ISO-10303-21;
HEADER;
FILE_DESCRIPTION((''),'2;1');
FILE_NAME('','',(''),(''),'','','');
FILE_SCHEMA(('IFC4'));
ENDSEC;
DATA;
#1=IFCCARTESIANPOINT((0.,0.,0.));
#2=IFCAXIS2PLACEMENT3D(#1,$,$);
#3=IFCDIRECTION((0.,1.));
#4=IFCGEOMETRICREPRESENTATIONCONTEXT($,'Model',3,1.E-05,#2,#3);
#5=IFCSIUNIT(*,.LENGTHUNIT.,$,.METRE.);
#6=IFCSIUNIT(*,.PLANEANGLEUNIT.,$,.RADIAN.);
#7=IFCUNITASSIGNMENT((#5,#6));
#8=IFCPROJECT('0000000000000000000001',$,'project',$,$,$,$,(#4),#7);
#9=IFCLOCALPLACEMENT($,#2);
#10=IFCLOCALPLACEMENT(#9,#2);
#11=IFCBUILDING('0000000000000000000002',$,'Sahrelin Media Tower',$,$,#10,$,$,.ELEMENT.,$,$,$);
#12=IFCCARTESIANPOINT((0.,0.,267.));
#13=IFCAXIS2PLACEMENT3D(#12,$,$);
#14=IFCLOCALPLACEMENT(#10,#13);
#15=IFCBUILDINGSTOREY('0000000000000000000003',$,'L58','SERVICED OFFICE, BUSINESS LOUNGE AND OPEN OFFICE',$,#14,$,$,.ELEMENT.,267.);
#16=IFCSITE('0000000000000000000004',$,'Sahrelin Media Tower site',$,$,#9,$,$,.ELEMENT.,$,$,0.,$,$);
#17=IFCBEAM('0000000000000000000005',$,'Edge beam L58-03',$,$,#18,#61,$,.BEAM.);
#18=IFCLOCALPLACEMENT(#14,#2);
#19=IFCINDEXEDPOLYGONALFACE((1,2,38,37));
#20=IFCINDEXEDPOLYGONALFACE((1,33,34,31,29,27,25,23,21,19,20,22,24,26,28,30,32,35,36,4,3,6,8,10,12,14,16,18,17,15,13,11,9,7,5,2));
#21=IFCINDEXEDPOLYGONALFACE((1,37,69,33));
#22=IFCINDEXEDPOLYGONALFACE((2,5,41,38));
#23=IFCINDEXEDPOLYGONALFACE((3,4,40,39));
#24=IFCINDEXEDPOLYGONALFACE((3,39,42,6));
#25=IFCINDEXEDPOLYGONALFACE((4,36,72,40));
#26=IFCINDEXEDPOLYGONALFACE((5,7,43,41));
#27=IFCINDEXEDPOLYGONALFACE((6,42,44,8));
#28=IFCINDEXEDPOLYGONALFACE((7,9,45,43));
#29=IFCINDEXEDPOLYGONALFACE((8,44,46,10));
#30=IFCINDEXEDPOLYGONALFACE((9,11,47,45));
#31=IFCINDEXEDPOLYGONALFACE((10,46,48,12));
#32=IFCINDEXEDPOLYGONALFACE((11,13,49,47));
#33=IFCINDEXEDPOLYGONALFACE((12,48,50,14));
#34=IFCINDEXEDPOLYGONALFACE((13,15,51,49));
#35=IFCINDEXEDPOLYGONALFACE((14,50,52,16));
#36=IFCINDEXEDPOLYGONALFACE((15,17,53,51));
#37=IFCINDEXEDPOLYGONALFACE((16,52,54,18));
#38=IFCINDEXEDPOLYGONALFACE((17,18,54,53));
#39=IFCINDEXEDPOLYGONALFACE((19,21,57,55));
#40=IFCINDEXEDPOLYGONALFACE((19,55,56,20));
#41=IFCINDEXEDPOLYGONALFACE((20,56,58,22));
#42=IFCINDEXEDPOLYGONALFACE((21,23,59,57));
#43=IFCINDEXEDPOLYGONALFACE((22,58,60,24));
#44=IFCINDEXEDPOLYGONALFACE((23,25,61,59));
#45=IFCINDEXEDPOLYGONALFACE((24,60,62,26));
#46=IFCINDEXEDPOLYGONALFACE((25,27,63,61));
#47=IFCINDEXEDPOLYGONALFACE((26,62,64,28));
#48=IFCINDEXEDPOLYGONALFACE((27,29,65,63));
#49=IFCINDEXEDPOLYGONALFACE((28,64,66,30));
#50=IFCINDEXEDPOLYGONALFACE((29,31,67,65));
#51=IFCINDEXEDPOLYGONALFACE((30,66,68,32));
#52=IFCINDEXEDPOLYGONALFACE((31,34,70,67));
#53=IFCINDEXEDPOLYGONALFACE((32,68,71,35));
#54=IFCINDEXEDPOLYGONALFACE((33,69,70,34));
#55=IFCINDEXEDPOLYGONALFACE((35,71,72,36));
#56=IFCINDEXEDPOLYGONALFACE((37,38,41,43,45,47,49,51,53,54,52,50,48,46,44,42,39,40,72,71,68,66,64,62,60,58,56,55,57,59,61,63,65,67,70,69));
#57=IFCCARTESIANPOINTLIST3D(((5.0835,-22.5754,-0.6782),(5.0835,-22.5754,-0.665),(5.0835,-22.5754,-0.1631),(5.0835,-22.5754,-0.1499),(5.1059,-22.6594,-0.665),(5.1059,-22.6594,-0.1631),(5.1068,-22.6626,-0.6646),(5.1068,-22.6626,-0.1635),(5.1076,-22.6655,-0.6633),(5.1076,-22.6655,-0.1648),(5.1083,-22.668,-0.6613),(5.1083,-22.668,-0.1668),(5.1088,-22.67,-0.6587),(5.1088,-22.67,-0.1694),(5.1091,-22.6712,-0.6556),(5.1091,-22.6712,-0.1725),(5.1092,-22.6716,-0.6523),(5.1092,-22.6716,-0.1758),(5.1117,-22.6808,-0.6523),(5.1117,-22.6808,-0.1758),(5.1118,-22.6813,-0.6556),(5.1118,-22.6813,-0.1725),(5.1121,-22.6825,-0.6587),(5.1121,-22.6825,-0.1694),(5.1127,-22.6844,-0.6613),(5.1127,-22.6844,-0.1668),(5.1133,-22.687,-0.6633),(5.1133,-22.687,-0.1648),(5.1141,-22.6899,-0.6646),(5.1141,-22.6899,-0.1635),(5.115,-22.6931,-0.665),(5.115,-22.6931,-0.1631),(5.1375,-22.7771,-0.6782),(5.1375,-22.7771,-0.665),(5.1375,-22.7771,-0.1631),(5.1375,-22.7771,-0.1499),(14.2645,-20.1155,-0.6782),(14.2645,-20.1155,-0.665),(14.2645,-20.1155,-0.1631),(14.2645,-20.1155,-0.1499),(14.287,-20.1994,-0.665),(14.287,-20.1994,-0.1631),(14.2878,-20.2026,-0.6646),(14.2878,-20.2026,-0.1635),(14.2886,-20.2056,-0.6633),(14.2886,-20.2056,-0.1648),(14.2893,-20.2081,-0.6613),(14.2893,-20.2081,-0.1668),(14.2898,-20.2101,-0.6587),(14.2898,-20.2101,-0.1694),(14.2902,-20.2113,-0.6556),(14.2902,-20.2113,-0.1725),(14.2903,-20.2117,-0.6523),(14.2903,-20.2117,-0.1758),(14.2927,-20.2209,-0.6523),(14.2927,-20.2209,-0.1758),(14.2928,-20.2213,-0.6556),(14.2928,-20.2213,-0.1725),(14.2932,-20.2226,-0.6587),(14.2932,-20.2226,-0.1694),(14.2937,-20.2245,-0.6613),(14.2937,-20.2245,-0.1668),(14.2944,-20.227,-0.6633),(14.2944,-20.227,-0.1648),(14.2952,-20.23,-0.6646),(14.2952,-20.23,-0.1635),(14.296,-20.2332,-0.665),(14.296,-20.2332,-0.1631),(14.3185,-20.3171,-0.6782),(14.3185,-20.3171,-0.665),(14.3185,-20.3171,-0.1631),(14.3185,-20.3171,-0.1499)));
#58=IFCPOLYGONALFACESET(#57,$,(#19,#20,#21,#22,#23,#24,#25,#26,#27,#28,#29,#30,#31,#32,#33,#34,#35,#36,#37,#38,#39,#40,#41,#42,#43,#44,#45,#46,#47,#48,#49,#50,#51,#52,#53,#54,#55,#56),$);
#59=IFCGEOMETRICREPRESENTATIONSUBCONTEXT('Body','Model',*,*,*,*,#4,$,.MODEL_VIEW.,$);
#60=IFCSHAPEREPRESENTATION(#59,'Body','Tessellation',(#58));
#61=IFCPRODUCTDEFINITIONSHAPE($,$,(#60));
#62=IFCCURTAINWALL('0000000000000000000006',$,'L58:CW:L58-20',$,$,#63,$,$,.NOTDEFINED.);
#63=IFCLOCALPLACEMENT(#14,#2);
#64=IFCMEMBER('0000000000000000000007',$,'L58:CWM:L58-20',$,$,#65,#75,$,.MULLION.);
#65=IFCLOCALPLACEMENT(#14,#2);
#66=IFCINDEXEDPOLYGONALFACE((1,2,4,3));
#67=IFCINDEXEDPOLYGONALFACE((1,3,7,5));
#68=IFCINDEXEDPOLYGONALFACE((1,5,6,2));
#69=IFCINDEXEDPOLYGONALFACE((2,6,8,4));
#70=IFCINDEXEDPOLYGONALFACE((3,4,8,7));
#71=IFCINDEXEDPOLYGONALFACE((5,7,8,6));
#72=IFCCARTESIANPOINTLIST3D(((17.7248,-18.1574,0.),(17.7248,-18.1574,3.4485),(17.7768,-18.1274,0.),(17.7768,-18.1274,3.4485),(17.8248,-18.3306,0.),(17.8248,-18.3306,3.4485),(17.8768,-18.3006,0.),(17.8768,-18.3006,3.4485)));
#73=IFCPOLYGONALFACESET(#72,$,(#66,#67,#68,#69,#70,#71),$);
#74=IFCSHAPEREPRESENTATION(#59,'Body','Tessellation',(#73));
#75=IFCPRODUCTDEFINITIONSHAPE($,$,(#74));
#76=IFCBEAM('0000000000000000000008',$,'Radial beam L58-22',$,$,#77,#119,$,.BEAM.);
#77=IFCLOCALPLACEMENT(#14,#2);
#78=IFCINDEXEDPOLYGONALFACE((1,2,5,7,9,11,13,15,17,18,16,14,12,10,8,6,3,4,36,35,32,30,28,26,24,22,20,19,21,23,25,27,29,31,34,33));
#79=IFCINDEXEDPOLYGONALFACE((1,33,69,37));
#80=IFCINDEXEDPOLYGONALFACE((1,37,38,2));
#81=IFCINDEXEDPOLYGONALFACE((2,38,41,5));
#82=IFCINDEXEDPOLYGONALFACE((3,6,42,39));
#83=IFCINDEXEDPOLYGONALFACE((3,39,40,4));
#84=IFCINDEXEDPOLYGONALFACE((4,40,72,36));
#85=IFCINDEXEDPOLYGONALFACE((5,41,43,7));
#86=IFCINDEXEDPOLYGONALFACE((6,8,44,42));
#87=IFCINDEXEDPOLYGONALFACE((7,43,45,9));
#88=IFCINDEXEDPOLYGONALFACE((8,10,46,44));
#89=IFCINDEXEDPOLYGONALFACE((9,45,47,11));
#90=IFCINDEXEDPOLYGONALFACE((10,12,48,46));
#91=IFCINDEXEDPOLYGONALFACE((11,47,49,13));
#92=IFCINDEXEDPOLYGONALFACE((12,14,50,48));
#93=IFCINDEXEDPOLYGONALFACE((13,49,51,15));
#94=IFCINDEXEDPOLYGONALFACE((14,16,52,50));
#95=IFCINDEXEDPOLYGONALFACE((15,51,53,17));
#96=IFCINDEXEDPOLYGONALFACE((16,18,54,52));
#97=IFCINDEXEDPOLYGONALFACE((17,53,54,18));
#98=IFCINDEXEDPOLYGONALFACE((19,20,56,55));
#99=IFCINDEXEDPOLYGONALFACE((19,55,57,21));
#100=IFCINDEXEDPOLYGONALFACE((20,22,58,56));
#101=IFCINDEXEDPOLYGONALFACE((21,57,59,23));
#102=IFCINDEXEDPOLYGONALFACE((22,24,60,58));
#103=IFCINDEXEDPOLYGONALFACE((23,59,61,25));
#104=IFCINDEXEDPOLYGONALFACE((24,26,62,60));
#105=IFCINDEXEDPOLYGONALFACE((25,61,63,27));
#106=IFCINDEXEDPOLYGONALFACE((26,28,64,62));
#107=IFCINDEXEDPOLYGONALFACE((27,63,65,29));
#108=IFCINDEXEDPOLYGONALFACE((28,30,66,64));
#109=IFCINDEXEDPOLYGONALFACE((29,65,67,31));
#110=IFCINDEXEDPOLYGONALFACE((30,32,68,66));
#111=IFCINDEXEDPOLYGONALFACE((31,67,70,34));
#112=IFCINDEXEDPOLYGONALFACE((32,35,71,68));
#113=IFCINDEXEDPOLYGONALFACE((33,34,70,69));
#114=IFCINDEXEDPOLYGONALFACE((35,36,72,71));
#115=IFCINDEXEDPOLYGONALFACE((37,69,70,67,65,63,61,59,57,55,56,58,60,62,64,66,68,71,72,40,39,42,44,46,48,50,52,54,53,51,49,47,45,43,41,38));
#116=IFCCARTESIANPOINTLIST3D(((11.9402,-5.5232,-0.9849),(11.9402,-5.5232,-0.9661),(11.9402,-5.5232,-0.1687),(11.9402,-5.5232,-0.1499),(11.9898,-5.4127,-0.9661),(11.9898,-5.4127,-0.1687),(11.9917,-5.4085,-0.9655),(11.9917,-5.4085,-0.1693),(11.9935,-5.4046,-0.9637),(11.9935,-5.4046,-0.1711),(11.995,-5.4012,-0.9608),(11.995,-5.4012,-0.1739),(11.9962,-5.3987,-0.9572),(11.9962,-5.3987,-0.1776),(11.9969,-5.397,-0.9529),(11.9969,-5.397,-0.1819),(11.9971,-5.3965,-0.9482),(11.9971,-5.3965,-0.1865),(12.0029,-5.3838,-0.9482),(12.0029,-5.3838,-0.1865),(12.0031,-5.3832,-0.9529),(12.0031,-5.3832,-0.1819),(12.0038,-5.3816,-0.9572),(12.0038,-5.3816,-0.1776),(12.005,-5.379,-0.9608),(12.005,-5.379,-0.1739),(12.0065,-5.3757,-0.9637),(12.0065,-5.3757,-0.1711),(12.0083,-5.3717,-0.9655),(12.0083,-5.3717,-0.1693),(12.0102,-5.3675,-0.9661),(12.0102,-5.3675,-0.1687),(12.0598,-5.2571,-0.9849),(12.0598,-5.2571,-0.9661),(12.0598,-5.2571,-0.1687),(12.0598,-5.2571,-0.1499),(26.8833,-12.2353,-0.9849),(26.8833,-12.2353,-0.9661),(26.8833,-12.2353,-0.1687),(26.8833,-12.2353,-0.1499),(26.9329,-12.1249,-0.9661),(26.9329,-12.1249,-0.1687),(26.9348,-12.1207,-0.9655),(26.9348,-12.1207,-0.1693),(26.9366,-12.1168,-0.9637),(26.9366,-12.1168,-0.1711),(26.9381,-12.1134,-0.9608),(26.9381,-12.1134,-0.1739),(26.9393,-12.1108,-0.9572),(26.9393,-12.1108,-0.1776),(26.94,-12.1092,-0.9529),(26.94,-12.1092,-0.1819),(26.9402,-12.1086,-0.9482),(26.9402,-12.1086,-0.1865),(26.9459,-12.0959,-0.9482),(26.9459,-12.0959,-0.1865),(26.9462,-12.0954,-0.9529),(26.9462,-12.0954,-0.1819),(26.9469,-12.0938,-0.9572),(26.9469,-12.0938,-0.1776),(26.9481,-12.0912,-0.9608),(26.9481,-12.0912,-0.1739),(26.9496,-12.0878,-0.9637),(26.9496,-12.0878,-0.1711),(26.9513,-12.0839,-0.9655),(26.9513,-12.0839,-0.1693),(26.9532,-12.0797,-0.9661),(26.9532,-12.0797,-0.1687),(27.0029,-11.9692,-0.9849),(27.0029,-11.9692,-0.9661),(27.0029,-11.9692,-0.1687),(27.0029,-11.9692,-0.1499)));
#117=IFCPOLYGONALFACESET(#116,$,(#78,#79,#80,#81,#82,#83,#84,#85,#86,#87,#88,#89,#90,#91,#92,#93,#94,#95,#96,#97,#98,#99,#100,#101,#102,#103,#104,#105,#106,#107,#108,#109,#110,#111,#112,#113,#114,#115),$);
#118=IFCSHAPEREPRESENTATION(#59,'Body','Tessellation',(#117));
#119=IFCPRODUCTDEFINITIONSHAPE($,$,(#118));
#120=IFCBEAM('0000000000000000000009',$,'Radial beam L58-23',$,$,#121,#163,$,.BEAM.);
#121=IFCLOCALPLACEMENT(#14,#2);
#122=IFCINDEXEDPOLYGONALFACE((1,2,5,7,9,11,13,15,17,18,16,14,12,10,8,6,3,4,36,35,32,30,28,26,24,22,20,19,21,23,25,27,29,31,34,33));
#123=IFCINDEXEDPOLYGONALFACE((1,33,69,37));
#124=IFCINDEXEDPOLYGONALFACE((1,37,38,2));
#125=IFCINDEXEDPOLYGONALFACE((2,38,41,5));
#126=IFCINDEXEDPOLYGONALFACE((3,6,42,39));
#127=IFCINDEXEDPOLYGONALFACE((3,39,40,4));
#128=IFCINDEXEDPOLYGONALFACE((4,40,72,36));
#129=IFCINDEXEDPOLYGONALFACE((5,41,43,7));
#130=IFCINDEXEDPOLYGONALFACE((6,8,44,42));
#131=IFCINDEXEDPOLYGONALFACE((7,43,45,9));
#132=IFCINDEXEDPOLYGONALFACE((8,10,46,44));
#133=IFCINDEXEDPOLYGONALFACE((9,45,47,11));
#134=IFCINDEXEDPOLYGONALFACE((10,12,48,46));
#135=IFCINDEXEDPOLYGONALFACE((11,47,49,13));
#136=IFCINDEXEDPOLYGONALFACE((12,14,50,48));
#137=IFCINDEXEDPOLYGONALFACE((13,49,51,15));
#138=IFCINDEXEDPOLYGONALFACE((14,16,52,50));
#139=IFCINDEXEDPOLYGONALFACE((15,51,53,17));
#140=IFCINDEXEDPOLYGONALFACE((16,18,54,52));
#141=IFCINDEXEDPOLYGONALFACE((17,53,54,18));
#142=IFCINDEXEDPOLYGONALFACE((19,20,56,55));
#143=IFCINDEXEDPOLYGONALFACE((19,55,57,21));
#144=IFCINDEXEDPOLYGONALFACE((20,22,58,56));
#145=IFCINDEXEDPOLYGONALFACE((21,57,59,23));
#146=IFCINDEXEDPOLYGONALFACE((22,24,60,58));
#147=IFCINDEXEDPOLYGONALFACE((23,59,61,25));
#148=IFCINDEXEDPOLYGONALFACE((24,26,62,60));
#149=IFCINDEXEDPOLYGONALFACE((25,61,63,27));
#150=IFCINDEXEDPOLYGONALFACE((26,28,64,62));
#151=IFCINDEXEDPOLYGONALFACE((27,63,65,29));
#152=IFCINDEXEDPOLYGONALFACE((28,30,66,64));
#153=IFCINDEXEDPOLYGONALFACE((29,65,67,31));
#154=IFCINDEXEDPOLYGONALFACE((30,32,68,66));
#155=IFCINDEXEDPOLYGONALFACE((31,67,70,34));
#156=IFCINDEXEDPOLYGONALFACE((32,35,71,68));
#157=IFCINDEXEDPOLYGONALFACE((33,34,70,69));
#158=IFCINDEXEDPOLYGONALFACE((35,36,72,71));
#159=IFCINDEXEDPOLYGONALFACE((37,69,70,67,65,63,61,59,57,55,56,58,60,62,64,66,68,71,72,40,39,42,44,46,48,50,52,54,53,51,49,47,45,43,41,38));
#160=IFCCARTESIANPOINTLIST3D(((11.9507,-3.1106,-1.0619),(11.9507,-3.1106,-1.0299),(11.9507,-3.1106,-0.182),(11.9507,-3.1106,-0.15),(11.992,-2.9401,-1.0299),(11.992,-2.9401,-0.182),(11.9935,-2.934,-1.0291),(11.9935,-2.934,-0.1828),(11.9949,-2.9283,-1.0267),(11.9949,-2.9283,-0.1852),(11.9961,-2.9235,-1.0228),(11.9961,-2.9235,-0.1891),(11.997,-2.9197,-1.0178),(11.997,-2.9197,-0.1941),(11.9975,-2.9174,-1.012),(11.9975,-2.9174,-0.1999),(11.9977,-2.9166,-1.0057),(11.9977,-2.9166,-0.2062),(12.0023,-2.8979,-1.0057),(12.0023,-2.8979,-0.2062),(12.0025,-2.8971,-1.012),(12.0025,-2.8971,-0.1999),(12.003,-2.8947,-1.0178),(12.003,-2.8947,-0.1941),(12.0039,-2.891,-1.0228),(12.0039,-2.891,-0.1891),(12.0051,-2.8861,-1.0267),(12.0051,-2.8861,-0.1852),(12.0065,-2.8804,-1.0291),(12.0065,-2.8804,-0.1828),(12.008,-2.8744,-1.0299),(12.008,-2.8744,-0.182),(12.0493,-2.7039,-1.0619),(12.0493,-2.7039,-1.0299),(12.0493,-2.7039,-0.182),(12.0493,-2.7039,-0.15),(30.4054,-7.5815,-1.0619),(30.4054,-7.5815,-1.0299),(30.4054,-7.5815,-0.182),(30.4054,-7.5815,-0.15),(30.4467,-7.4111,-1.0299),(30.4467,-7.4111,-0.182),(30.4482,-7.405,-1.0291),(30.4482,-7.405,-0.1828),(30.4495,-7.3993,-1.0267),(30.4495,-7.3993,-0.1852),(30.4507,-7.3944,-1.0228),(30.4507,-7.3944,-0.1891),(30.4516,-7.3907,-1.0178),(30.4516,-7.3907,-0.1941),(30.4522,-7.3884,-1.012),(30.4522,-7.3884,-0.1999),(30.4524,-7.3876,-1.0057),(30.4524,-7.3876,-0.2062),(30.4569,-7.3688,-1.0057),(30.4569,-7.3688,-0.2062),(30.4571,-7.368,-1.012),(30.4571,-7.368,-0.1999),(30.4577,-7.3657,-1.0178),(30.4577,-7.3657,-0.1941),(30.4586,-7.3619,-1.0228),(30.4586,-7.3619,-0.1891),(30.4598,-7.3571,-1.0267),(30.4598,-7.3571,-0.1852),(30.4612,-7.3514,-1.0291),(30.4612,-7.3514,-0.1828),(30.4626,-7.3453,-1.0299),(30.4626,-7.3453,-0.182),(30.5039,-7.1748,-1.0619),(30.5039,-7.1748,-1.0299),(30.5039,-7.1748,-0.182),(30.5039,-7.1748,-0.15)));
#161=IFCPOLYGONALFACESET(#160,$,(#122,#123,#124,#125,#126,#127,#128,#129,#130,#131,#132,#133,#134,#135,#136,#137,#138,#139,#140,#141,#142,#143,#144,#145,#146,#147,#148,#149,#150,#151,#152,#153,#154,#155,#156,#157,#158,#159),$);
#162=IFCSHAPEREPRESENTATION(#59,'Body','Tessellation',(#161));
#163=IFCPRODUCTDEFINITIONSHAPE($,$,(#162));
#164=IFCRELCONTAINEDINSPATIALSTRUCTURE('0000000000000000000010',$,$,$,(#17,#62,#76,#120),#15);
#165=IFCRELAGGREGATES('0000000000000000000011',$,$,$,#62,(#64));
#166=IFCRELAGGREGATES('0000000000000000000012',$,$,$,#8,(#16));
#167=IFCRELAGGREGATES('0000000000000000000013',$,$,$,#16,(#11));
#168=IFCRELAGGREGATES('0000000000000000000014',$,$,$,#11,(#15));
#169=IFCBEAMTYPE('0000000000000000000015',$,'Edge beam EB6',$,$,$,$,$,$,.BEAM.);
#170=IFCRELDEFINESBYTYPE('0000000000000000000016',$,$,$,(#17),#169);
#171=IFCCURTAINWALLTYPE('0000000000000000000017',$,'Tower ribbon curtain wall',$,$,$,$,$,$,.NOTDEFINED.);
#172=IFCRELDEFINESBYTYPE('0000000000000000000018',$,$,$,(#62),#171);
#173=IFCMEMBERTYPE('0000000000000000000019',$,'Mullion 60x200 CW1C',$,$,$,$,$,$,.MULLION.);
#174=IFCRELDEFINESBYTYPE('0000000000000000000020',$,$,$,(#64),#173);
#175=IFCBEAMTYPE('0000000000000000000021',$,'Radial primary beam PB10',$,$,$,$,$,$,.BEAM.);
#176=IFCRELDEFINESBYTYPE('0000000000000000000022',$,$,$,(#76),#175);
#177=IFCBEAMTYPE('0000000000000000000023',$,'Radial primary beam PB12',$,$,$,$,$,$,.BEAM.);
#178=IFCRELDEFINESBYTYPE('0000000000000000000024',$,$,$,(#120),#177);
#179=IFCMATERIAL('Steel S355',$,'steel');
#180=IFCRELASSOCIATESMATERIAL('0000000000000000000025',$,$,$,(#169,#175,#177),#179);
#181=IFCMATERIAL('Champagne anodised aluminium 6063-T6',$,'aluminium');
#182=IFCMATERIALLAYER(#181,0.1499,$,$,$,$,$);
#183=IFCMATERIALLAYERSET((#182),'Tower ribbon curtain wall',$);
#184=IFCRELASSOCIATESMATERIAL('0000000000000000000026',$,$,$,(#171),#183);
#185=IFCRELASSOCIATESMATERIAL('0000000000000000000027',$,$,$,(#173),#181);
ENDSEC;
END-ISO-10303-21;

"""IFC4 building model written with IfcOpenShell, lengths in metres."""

from ifc_helpers import new_model, si_unit, direction, frame, origin, origin_2d, place, context, subcontext, project, spatial, rectangle, i_section, extrude, material, layer, layer_set, material_profile, profile_set, type_object, element, aggregate, save


model = new_model("IFC4")

# Units and contexts
model_context = context("Model", 3, precision=1e-05, world=origin(), true_north=direction((0.0, 1.0)))
body_context = subcontext(model_context, "Body", "Model", "MODEL_VIEW")
ifc_project = project(units=[si_unit("LENGTHUNIT", "METRE"), si_unit("PLANEANGLEUNIT", "RADIAN")], contexts=[model_context])

# Site, building, storey
site_placement = place(None, origin())
site = spatial("IfcSite", under=ifc_project, at=site_placement, Name="Sahrelin Media Tower site", CompositionType="ELEMENT", RefElevation=0.0)
building_placement = place(site_placement, origin())
building = spatial("IfcBuilding", under=site, at=building_placement, Name="Sahrelin Media Tower", CompositionType="ELEMENT")
storey_placement = place(building_placement, frame((0.0, 0.0, 267.0)))
storey = spatial("IfcBuildingStorey", under=building, at=storey_placement, Name="L58", Description="SERVICED OFFICE, BUSINESS LOUNGE AND OPEN OFFICE", CompositionType="ELEMENT", Elevation=267.0)

# Beam
ifc_material_1 = material(Name="Steel S355", Category="steel")
ifc_material_profile_1 = material_profile(ifc_material_1, i_section(OverallWidth=0.2087, OverallDepth=0.5283, WebThickness=0.0095, FlangeThickness=0.0132, FilletRadius=0.0127, at=origin_2d()), Name="UB 533x210x82")
ifc_profile_set_1 = profile_set([ifc_material_profile_1], Name="Steel S355")
beam_type_1 = type_object("IfcBeamType", Name="Edge beam EB6", PredefinedType="BEAM", material=ifc_profile_set_1)
beam_1_placement = place(storey_placement, frame((14.2915, -20.2163, -0.4141), z_axis=(-0.965929, -0.258807, 0.0), x_axis=(0.258807, -0.965929, 0.0)))
element("IfcBeam", 1, at=beam_1_placement, inside=storey, type_object=beam_type_1, Name="Edge beam L58-03", PredefinedType="BEAM", context=body_context, shape_type="SweptSolid", body=[
    extrude(i_section(OverallWidth=0.2087, OverallDepth=0.5283, WebThickness=0.0095, FlangeThickness=0.0132, FilletRadius=0.0127, at=origin_2d()), origin(), (0.0, 0.0, 1.0), 9.5049),
])

# Curtain wall, member
ifc_material_2 = material(Name="Champagne anodised aluminium 6063-T6", Category="aluminium")
ifc_layer_1 = layer(ifc_material_2, 0.1499)
ifc_layer_set_1 = layer_set([ifc_layer_1], Name="Tower ribbon curtain wall")
curtain_wall_type = type_object("IfcCurtainWallType", Name="Tower ribbon curtain wall", PredefinedType="NOTDEFINED", material=ifc_layer_set_1)
curtain_wall_1_placement = place(storey_placement, frame((17.8608, -18.333, 0.0), z_axis=(0.0, 0.0, 1.0), x_axis=(1.0, 0.0, 0.0)))
curtain_wall_1 = element("IfcCurtainWall", 2, at=curtain_wall_1_placement, inside=storey, type_object=curtain_wall_type, Name="L58:CW:L58-20", PredefinedType="NOTDEFINED")
ifc_material_profile_2 = material_profile(ifc_material_2, rectangle(XDim=0.0601, YDim=0.2, at=origin_2d()), Name="Mullion 60x200")
ifc_profile_set_2 = profile_set([ifc_material_profile_2], Name="Champagne anodised aluminium 6063-T6")
member_type_1 = type_object("IfcMemberType", Name="Mullion 60x200 CW1C", PredefinedType="MULLION", material=ifc_profile_set_2)
member_1_placement = place(storey_placement, frame((17.8008, -18.229, 0.0), z_axis=(0.0, 0.0, 1.0), x_axis=(0.866025, 0.5, 0.0)))
member_1 = element("IfcMember", 3, at=member_1_placement, type_object=member_type_1, Name="L58:CWM:L58-20", PredefinedType="MULLION", context=body_context, shape_type="SweptSolid", body=[
    extrude(rectangle(XDim=0.0601, YDim=0.2, at=origin_2d()), origin(), (0.0, 0.0, 1.0), 3.4485),
])

# Beams
ifc_material_profile_3 = material_profile(ifc_material_1, i_section(OverallWidth=0.2917, OverallDepth=0.835, WebThickness=0.0139, FlangeThickness=0.0188, FilletRadius=0.0178, at=origin_2d()), Name="UB 838x292x176")
ifc_profile_set_3 = profile_set([ifc_material_profile_3], Name="Steel S355")
beam_type_2 = type_object("IfcBeamType", Name="Radial primary beam PB10", PredefinedType="BEAM", material=ifc_profile_set_3)
beam_2_placement = place(storey_placement, frame((12.0, -5.3901, -0.5674), z_axis=(0.912201, -0.409743, 0.0), x_axis=(0.409743, 0.912201, 0.0)))
element("IfcBeam", 4, at=beam_2_placement, inside=storey, type_object=beam_type_2, Name="Radial beam L58-22", PredefinedType="BEAM", context=body_context, shape_type="SweptSolid", body=[
    extrude(i_section(OverallWidth=0.2917, OverallDepth=0.835, WebThickness=0.0139, FlangeThickness=0.0188, FilletRadius=0.0178, at=origin_2d()), origin(), (0.0, 0.0, 1.0), 16.3813),
])
ifc_material_profile_4 = material_profile(ifc_material_1, i_section(OverallWidth=0.4185, OverallDepth=0.9119, WebThickness=0.0193, FlangeThickness=0.032, FilletRadius=0.0242, at=origin_2d()), Name="UB 914x419x343")
ifc_profile_set_4 = profile_set([ifc_material_profile_4], Name="Steel S355")
beam_type_3 = type_object("IfcBeamType", Name="Radial primary beam PB12", PredefinedType="BEAM", material=ifc_profile_set_4)
beam_3_placement = place(storey_placement, frame((12.0, -2.9072, -0.606), z_axis=(0.971885, -0.235456, 0.0), x_axis=(0.235456, 0.971885, 0.0)))
element("IfcBeam", 5, at=beam_3_placement, inside=storey, type_object=beam_type_3, Name="Radial beam L58-23", PredefinedType="BEAM", context=body_context, shape_type="SweptSolid", body=[
    extrude(i_section(OverallWidth=0.4185, OverallDepth=0.9119, WebThickness=0.0193, FlangeThickness=0.032, FilletRadius=0.0242, at=origin_2d()), origin(), (0.0, 0.0, 1.0), 18.9885),
])

aggregate(curtain_wall_1, [member_1])

save(model, "model.ifc")
